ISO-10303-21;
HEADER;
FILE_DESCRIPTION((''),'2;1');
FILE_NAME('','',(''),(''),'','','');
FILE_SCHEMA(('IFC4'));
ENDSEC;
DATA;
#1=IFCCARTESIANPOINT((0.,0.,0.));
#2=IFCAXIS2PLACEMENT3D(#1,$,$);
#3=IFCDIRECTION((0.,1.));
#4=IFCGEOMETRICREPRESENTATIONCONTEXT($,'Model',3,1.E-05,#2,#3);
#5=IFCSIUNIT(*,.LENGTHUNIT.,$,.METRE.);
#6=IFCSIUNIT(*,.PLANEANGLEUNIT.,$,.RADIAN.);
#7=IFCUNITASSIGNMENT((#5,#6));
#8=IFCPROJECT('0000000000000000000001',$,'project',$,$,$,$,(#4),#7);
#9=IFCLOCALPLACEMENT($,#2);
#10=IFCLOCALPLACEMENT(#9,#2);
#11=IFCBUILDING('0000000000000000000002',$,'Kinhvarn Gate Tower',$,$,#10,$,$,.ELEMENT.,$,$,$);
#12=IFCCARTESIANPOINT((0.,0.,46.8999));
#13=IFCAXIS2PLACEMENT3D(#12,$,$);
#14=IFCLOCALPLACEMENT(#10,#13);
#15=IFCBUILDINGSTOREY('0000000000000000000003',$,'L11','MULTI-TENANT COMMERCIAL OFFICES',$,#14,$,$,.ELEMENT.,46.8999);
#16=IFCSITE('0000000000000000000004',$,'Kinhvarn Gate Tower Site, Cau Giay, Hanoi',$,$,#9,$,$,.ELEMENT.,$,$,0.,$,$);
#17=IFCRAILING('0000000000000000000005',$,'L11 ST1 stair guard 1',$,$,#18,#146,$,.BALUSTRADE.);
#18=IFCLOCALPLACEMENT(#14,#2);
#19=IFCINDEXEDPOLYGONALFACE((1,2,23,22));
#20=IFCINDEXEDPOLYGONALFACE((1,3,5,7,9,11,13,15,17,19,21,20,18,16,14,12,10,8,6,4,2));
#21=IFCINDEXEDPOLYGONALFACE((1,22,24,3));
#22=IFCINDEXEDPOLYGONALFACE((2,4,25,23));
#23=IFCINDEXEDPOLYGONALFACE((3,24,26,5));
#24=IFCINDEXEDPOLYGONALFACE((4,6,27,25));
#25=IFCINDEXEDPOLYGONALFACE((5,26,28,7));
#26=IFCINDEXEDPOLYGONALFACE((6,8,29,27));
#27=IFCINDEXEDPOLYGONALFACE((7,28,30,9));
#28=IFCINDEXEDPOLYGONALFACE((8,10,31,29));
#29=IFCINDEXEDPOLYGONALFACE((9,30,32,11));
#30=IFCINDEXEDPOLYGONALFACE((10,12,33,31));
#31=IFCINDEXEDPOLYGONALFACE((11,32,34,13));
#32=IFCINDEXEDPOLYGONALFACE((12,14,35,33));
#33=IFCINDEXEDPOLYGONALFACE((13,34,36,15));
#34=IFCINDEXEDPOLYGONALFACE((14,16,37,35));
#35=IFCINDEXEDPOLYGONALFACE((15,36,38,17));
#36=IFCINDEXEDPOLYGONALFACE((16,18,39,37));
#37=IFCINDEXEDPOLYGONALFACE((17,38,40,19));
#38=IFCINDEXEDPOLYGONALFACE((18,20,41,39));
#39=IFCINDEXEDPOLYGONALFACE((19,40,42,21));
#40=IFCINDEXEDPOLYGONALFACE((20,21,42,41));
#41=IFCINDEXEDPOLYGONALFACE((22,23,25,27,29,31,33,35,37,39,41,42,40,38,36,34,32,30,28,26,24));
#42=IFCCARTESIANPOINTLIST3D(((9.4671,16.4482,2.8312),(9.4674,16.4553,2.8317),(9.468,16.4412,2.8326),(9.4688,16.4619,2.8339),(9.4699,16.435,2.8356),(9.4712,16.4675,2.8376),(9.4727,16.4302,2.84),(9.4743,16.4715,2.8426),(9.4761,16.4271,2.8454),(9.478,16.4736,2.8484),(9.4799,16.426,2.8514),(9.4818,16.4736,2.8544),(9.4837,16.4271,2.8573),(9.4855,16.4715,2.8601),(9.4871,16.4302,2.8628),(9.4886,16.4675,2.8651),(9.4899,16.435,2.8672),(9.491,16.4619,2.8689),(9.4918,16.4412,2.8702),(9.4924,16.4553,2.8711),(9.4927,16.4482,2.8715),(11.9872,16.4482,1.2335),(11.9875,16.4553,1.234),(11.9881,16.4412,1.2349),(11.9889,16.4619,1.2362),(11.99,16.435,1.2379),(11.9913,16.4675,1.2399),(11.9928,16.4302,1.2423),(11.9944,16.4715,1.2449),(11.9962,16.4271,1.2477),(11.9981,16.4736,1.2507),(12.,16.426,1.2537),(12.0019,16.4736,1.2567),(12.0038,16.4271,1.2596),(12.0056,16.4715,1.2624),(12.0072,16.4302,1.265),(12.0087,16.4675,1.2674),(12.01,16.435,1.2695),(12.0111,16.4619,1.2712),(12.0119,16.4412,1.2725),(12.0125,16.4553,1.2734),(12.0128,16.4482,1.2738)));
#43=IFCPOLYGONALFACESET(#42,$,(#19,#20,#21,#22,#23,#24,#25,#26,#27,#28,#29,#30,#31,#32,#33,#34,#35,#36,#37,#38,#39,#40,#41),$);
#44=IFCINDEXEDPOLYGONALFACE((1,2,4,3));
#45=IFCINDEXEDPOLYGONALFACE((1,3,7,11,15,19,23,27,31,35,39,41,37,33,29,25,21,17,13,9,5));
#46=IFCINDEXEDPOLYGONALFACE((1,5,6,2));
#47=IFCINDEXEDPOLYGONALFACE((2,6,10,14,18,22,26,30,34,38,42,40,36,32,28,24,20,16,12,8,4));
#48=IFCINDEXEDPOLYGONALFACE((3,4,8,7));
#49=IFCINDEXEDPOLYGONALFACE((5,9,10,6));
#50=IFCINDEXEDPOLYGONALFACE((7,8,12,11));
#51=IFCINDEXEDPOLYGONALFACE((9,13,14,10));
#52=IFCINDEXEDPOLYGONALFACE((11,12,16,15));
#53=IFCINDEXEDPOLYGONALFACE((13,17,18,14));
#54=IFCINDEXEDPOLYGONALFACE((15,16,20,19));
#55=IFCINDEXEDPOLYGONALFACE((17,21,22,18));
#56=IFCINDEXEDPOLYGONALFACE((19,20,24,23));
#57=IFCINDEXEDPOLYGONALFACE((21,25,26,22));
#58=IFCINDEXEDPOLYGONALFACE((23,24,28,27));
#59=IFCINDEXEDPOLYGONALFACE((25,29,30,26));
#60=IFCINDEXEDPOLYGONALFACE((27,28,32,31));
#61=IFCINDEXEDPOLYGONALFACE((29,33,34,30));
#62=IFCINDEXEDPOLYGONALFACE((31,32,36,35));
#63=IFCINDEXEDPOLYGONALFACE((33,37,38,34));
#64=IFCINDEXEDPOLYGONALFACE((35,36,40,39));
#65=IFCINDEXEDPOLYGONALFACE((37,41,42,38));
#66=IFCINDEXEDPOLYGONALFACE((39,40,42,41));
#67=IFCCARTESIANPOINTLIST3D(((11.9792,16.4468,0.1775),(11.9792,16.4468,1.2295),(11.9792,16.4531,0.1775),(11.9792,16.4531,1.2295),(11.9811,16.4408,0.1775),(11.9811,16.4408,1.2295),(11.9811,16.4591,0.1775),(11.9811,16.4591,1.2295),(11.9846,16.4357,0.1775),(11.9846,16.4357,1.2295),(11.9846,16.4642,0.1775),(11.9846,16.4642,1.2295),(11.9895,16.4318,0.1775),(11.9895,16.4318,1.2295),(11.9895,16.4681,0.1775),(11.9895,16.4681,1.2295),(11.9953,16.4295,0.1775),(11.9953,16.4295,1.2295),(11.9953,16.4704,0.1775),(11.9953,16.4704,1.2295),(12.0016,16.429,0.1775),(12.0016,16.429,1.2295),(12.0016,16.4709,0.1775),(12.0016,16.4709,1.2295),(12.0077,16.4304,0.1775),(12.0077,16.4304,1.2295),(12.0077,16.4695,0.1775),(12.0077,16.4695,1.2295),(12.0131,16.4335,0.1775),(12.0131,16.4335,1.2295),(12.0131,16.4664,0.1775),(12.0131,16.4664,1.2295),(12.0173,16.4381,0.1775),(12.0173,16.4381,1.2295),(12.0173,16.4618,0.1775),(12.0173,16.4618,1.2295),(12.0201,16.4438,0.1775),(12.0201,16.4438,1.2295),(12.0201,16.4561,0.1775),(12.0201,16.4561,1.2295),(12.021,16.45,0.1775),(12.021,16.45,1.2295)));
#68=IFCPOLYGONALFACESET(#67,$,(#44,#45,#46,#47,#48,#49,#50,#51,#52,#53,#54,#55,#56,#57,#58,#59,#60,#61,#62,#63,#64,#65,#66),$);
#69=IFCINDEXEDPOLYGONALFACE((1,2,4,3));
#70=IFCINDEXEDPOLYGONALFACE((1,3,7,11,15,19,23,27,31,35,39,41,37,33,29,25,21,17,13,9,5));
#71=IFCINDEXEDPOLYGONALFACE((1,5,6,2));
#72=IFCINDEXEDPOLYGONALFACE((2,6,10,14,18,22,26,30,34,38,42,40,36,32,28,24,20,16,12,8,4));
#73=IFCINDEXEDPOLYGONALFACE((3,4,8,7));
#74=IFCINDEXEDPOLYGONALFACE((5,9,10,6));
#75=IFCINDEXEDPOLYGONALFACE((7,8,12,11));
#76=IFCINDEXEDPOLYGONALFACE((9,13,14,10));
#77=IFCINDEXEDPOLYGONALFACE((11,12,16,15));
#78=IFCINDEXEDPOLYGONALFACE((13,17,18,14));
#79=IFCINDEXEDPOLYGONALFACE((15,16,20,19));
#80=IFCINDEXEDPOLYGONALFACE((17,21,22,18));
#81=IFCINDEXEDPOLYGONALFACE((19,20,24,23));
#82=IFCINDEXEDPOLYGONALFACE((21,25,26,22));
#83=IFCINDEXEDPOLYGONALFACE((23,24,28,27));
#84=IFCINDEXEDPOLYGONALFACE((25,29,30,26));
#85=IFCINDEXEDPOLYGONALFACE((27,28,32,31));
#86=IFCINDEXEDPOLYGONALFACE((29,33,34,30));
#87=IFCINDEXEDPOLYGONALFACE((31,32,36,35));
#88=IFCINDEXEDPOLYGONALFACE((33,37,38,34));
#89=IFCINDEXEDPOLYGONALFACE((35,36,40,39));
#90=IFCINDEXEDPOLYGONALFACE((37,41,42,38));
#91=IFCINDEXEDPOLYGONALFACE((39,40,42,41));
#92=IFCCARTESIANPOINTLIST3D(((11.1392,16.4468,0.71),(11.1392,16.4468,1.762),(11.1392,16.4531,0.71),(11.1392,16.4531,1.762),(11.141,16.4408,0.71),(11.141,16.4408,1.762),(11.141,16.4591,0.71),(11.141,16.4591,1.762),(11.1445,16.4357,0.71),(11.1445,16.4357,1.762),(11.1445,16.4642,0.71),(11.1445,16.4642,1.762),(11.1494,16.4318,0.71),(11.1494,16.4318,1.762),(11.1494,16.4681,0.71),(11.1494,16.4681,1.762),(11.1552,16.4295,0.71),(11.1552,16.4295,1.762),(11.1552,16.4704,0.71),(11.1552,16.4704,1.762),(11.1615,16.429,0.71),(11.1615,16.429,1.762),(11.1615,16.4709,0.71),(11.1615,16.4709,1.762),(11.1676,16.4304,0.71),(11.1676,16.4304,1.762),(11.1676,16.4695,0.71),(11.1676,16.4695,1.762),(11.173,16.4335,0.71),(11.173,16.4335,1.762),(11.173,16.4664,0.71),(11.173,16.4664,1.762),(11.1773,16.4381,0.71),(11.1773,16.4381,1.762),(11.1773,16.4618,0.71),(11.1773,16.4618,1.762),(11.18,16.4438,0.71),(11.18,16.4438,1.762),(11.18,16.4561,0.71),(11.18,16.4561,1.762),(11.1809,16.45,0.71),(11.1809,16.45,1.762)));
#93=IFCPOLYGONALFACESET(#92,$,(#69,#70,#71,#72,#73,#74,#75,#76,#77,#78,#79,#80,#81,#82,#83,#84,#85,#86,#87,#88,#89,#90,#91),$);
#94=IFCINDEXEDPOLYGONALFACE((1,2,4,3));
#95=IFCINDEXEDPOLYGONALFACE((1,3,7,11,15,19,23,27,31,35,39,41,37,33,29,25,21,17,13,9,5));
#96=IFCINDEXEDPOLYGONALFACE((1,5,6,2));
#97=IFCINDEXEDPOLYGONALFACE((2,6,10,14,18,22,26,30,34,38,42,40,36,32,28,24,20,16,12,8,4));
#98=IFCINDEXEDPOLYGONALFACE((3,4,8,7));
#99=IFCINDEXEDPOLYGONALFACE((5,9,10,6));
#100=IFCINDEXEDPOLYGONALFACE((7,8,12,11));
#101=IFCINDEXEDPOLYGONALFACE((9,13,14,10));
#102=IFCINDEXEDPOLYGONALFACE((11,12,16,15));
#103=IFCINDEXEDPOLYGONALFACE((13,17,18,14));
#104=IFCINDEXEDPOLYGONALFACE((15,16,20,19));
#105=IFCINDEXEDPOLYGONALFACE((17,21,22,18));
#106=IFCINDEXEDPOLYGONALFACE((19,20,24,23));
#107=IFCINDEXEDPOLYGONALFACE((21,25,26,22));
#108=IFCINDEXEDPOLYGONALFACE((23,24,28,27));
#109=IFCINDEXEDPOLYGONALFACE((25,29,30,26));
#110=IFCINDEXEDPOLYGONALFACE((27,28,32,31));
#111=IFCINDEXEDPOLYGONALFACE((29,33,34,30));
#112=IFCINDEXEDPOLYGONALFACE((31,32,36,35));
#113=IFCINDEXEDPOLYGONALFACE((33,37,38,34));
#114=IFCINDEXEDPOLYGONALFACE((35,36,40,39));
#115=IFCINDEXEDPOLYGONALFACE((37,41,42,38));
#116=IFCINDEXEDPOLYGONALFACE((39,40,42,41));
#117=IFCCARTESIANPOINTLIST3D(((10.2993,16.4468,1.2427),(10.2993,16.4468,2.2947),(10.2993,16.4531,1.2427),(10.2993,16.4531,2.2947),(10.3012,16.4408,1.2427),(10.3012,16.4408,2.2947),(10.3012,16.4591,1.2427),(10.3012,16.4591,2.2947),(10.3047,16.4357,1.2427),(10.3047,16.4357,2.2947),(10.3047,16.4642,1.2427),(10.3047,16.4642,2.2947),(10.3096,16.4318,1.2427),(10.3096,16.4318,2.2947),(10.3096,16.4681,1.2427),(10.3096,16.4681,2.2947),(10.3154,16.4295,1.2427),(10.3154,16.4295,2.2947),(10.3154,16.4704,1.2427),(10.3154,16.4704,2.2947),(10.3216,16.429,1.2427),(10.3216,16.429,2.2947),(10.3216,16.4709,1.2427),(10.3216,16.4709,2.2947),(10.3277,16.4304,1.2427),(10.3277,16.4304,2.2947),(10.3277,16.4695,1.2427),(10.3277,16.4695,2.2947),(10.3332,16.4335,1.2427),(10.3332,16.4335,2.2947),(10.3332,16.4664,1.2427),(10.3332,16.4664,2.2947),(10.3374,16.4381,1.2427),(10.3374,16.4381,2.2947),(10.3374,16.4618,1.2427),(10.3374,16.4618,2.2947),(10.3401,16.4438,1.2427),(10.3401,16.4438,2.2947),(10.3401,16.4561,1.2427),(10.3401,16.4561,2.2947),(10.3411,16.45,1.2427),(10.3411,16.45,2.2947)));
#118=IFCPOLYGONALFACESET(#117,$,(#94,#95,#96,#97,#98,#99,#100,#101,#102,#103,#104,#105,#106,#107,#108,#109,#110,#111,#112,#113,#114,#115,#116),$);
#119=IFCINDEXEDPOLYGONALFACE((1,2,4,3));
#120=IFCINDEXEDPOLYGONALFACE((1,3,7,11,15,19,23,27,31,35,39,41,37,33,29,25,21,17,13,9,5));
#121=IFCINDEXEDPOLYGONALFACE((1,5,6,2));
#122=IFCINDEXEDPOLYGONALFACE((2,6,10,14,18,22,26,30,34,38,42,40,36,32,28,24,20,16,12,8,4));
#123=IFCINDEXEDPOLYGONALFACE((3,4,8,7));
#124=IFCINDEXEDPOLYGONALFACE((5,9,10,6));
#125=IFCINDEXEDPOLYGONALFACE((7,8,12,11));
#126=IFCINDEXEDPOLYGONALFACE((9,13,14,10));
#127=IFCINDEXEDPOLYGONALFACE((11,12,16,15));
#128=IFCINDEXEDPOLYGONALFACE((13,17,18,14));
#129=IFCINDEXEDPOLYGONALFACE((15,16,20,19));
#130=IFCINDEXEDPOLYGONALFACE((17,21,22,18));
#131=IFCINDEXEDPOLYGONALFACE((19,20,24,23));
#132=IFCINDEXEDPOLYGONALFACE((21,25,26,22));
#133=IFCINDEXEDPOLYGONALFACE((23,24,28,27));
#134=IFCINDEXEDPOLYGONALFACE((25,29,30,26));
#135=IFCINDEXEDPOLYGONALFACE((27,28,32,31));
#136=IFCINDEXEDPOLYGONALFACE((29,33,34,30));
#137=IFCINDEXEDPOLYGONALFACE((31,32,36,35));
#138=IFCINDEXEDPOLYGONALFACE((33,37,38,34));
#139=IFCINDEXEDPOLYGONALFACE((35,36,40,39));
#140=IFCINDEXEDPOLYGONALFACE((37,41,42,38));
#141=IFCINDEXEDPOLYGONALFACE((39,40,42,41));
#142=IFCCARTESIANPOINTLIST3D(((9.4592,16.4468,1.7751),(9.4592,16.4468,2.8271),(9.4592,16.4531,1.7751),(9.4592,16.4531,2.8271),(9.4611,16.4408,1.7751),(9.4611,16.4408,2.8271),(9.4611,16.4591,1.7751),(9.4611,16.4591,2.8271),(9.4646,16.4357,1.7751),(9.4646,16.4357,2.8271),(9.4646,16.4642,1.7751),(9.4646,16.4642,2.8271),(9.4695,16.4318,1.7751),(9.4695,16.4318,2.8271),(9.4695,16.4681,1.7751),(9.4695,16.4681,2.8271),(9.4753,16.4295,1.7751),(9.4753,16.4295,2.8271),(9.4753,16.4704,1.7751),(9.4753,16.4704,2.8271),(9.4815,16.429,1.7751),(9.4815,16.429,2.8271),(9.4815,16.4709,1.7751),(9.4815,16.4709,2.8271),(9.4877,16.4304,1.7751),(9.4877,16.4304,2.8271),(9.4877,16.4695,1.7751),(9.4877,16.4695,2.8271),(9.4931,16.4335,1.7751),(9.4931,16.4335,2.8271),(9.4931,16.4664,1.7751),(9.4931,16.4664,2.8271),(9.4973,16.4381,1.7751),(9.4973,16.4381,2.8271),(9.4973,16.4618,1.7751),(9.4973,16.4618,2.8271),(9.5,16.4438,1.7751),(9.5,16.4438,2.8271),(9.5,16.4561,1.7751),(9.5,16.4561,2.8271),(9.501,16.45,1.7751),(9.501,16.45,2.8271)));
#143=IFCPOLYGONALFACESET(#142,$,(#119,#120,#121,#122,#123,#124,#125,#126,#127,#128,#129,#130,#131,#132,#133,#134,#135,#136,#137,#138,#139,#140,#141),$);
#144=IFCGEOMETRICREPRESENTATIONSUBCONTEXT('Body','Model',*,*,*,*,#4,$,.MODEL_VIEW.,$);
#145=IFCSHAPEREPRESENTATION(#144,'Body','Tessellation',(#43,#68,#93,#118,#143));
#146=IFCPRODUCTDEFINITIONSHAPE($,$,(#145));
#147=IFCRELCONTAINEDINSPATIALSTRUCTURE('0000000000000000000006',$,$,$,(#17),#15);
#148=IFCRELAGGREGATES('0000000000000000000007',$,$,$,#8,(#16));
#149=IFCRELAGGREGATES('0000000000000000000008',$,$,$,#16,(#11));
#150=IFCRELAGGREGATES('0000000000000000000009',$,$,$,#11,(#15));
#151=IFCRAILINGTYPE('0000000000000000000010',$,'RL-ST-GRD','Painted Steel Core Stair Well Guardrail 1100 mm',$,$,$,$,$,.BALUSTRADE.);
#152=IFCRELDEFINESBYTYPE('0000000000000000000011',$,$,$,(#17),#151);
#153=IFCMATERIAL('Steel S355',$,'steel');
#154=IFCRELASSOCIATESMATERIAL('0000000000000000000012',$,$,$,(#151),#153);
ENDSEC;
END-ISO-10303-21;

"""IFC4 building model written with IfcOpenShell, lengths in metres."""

from ifc_helpers import new_model, si_unit, direction, frame, origin, origin_2d, place, context, subcontext, project, spatial, circle, extrude, material, type_object, element, save


model = new_model("IFC4")

# Units and contexts
model_context = context("Model", 3, precision=1e-05, world=origin(), true_north=direction((0.0, 1.0)))
body_context = subcontext(model_context, "Body", "Model", "MODEL_VIEW")
ifc_project = project(units=[si_unit("LENGTHUNIT", "METRE"), si_unit("PLANEANGLEUNIT", "RADIAN")], contexts=[model_context])

# Site, building, storey
site_placement = place(None, origin())
site = spatial("IfcSite", under=ifc_project, at=site_placement, Name="Kinhvarn Gate Tower Site, Cau Giay, Hanoi", CompositionType="ELEMENT", RefElevation=0.0)
building_placement = place(site_placement, origin())
building = spatial("IfcBuilding", under=site, at=building_placement, Name="Kinhvarn Gate Tower", CompositionType="ELEMENT")
storey_placement = place(building_placement, frame((0.0, 0.0, 46.8999)))
storey = spatial("IfcBuildingStorey", under=building, at=storey_placement, Name="L11", Description="MULTI-TENANT COMMERCIAL OFFICES", CompositionType="ELEMENT", Elevation=46.8999)

# Shared definitions
ifc_material_1 = material(Name="Steel S355", Category="steel")

# Railing
railing_type_1 = type_object("IfcRailingType", Name="RL-ST-GRD", Description="Painted Steel Core Stair Well Guardrail 1100 mm", PredefinedType="BALUSTRADE", material=ifc_material_1)
railing_1_placement = place(storey_placement, frame((12.0, 16.45, 0.1775)))
element("IfcRailing", 1, at=railing_1_placement, inside=storey, type_object=railing_type_1, Name="L11 ST1 stair guard 1", PredefinedType="BALUSTRADE", context=body_context, shape_type="SweptSolid", body=[
    extrude(circle(Radius=0.0239, at=origin_2d()), frame((0.0, 0.0, 1.0762), z_axis=(-0.84457, 0.0, 0.535445), x_axis=(0.0, -1.0, 0.0)), (0.0, 0.0, 1.0), 2.9839),
    extrude(circle(Radius=0.021, at=origin_2d()), origin(), (0.0, 0.0, 1.0), 1.052),
    extrude(circle(Radius=0.021, at=origin_2d()), frame((-0.8401, 0.0, 0.5325)), (0.0, 0.0, 1.0), 1.052),
    extrude(circle(Radius=0.021, at=origin_2d()), frame((-1.6799, 0.0, 1.0652)), (0.0, 0.0, 1.0), 1.052),
    extrude(circle(Radius=0.021, at=origin_2d()), frame((-2.52, 0.0, 1.5977)), (0.0, 0.0, 1.0), 1.052),
])

save(model, "model.ifc")
